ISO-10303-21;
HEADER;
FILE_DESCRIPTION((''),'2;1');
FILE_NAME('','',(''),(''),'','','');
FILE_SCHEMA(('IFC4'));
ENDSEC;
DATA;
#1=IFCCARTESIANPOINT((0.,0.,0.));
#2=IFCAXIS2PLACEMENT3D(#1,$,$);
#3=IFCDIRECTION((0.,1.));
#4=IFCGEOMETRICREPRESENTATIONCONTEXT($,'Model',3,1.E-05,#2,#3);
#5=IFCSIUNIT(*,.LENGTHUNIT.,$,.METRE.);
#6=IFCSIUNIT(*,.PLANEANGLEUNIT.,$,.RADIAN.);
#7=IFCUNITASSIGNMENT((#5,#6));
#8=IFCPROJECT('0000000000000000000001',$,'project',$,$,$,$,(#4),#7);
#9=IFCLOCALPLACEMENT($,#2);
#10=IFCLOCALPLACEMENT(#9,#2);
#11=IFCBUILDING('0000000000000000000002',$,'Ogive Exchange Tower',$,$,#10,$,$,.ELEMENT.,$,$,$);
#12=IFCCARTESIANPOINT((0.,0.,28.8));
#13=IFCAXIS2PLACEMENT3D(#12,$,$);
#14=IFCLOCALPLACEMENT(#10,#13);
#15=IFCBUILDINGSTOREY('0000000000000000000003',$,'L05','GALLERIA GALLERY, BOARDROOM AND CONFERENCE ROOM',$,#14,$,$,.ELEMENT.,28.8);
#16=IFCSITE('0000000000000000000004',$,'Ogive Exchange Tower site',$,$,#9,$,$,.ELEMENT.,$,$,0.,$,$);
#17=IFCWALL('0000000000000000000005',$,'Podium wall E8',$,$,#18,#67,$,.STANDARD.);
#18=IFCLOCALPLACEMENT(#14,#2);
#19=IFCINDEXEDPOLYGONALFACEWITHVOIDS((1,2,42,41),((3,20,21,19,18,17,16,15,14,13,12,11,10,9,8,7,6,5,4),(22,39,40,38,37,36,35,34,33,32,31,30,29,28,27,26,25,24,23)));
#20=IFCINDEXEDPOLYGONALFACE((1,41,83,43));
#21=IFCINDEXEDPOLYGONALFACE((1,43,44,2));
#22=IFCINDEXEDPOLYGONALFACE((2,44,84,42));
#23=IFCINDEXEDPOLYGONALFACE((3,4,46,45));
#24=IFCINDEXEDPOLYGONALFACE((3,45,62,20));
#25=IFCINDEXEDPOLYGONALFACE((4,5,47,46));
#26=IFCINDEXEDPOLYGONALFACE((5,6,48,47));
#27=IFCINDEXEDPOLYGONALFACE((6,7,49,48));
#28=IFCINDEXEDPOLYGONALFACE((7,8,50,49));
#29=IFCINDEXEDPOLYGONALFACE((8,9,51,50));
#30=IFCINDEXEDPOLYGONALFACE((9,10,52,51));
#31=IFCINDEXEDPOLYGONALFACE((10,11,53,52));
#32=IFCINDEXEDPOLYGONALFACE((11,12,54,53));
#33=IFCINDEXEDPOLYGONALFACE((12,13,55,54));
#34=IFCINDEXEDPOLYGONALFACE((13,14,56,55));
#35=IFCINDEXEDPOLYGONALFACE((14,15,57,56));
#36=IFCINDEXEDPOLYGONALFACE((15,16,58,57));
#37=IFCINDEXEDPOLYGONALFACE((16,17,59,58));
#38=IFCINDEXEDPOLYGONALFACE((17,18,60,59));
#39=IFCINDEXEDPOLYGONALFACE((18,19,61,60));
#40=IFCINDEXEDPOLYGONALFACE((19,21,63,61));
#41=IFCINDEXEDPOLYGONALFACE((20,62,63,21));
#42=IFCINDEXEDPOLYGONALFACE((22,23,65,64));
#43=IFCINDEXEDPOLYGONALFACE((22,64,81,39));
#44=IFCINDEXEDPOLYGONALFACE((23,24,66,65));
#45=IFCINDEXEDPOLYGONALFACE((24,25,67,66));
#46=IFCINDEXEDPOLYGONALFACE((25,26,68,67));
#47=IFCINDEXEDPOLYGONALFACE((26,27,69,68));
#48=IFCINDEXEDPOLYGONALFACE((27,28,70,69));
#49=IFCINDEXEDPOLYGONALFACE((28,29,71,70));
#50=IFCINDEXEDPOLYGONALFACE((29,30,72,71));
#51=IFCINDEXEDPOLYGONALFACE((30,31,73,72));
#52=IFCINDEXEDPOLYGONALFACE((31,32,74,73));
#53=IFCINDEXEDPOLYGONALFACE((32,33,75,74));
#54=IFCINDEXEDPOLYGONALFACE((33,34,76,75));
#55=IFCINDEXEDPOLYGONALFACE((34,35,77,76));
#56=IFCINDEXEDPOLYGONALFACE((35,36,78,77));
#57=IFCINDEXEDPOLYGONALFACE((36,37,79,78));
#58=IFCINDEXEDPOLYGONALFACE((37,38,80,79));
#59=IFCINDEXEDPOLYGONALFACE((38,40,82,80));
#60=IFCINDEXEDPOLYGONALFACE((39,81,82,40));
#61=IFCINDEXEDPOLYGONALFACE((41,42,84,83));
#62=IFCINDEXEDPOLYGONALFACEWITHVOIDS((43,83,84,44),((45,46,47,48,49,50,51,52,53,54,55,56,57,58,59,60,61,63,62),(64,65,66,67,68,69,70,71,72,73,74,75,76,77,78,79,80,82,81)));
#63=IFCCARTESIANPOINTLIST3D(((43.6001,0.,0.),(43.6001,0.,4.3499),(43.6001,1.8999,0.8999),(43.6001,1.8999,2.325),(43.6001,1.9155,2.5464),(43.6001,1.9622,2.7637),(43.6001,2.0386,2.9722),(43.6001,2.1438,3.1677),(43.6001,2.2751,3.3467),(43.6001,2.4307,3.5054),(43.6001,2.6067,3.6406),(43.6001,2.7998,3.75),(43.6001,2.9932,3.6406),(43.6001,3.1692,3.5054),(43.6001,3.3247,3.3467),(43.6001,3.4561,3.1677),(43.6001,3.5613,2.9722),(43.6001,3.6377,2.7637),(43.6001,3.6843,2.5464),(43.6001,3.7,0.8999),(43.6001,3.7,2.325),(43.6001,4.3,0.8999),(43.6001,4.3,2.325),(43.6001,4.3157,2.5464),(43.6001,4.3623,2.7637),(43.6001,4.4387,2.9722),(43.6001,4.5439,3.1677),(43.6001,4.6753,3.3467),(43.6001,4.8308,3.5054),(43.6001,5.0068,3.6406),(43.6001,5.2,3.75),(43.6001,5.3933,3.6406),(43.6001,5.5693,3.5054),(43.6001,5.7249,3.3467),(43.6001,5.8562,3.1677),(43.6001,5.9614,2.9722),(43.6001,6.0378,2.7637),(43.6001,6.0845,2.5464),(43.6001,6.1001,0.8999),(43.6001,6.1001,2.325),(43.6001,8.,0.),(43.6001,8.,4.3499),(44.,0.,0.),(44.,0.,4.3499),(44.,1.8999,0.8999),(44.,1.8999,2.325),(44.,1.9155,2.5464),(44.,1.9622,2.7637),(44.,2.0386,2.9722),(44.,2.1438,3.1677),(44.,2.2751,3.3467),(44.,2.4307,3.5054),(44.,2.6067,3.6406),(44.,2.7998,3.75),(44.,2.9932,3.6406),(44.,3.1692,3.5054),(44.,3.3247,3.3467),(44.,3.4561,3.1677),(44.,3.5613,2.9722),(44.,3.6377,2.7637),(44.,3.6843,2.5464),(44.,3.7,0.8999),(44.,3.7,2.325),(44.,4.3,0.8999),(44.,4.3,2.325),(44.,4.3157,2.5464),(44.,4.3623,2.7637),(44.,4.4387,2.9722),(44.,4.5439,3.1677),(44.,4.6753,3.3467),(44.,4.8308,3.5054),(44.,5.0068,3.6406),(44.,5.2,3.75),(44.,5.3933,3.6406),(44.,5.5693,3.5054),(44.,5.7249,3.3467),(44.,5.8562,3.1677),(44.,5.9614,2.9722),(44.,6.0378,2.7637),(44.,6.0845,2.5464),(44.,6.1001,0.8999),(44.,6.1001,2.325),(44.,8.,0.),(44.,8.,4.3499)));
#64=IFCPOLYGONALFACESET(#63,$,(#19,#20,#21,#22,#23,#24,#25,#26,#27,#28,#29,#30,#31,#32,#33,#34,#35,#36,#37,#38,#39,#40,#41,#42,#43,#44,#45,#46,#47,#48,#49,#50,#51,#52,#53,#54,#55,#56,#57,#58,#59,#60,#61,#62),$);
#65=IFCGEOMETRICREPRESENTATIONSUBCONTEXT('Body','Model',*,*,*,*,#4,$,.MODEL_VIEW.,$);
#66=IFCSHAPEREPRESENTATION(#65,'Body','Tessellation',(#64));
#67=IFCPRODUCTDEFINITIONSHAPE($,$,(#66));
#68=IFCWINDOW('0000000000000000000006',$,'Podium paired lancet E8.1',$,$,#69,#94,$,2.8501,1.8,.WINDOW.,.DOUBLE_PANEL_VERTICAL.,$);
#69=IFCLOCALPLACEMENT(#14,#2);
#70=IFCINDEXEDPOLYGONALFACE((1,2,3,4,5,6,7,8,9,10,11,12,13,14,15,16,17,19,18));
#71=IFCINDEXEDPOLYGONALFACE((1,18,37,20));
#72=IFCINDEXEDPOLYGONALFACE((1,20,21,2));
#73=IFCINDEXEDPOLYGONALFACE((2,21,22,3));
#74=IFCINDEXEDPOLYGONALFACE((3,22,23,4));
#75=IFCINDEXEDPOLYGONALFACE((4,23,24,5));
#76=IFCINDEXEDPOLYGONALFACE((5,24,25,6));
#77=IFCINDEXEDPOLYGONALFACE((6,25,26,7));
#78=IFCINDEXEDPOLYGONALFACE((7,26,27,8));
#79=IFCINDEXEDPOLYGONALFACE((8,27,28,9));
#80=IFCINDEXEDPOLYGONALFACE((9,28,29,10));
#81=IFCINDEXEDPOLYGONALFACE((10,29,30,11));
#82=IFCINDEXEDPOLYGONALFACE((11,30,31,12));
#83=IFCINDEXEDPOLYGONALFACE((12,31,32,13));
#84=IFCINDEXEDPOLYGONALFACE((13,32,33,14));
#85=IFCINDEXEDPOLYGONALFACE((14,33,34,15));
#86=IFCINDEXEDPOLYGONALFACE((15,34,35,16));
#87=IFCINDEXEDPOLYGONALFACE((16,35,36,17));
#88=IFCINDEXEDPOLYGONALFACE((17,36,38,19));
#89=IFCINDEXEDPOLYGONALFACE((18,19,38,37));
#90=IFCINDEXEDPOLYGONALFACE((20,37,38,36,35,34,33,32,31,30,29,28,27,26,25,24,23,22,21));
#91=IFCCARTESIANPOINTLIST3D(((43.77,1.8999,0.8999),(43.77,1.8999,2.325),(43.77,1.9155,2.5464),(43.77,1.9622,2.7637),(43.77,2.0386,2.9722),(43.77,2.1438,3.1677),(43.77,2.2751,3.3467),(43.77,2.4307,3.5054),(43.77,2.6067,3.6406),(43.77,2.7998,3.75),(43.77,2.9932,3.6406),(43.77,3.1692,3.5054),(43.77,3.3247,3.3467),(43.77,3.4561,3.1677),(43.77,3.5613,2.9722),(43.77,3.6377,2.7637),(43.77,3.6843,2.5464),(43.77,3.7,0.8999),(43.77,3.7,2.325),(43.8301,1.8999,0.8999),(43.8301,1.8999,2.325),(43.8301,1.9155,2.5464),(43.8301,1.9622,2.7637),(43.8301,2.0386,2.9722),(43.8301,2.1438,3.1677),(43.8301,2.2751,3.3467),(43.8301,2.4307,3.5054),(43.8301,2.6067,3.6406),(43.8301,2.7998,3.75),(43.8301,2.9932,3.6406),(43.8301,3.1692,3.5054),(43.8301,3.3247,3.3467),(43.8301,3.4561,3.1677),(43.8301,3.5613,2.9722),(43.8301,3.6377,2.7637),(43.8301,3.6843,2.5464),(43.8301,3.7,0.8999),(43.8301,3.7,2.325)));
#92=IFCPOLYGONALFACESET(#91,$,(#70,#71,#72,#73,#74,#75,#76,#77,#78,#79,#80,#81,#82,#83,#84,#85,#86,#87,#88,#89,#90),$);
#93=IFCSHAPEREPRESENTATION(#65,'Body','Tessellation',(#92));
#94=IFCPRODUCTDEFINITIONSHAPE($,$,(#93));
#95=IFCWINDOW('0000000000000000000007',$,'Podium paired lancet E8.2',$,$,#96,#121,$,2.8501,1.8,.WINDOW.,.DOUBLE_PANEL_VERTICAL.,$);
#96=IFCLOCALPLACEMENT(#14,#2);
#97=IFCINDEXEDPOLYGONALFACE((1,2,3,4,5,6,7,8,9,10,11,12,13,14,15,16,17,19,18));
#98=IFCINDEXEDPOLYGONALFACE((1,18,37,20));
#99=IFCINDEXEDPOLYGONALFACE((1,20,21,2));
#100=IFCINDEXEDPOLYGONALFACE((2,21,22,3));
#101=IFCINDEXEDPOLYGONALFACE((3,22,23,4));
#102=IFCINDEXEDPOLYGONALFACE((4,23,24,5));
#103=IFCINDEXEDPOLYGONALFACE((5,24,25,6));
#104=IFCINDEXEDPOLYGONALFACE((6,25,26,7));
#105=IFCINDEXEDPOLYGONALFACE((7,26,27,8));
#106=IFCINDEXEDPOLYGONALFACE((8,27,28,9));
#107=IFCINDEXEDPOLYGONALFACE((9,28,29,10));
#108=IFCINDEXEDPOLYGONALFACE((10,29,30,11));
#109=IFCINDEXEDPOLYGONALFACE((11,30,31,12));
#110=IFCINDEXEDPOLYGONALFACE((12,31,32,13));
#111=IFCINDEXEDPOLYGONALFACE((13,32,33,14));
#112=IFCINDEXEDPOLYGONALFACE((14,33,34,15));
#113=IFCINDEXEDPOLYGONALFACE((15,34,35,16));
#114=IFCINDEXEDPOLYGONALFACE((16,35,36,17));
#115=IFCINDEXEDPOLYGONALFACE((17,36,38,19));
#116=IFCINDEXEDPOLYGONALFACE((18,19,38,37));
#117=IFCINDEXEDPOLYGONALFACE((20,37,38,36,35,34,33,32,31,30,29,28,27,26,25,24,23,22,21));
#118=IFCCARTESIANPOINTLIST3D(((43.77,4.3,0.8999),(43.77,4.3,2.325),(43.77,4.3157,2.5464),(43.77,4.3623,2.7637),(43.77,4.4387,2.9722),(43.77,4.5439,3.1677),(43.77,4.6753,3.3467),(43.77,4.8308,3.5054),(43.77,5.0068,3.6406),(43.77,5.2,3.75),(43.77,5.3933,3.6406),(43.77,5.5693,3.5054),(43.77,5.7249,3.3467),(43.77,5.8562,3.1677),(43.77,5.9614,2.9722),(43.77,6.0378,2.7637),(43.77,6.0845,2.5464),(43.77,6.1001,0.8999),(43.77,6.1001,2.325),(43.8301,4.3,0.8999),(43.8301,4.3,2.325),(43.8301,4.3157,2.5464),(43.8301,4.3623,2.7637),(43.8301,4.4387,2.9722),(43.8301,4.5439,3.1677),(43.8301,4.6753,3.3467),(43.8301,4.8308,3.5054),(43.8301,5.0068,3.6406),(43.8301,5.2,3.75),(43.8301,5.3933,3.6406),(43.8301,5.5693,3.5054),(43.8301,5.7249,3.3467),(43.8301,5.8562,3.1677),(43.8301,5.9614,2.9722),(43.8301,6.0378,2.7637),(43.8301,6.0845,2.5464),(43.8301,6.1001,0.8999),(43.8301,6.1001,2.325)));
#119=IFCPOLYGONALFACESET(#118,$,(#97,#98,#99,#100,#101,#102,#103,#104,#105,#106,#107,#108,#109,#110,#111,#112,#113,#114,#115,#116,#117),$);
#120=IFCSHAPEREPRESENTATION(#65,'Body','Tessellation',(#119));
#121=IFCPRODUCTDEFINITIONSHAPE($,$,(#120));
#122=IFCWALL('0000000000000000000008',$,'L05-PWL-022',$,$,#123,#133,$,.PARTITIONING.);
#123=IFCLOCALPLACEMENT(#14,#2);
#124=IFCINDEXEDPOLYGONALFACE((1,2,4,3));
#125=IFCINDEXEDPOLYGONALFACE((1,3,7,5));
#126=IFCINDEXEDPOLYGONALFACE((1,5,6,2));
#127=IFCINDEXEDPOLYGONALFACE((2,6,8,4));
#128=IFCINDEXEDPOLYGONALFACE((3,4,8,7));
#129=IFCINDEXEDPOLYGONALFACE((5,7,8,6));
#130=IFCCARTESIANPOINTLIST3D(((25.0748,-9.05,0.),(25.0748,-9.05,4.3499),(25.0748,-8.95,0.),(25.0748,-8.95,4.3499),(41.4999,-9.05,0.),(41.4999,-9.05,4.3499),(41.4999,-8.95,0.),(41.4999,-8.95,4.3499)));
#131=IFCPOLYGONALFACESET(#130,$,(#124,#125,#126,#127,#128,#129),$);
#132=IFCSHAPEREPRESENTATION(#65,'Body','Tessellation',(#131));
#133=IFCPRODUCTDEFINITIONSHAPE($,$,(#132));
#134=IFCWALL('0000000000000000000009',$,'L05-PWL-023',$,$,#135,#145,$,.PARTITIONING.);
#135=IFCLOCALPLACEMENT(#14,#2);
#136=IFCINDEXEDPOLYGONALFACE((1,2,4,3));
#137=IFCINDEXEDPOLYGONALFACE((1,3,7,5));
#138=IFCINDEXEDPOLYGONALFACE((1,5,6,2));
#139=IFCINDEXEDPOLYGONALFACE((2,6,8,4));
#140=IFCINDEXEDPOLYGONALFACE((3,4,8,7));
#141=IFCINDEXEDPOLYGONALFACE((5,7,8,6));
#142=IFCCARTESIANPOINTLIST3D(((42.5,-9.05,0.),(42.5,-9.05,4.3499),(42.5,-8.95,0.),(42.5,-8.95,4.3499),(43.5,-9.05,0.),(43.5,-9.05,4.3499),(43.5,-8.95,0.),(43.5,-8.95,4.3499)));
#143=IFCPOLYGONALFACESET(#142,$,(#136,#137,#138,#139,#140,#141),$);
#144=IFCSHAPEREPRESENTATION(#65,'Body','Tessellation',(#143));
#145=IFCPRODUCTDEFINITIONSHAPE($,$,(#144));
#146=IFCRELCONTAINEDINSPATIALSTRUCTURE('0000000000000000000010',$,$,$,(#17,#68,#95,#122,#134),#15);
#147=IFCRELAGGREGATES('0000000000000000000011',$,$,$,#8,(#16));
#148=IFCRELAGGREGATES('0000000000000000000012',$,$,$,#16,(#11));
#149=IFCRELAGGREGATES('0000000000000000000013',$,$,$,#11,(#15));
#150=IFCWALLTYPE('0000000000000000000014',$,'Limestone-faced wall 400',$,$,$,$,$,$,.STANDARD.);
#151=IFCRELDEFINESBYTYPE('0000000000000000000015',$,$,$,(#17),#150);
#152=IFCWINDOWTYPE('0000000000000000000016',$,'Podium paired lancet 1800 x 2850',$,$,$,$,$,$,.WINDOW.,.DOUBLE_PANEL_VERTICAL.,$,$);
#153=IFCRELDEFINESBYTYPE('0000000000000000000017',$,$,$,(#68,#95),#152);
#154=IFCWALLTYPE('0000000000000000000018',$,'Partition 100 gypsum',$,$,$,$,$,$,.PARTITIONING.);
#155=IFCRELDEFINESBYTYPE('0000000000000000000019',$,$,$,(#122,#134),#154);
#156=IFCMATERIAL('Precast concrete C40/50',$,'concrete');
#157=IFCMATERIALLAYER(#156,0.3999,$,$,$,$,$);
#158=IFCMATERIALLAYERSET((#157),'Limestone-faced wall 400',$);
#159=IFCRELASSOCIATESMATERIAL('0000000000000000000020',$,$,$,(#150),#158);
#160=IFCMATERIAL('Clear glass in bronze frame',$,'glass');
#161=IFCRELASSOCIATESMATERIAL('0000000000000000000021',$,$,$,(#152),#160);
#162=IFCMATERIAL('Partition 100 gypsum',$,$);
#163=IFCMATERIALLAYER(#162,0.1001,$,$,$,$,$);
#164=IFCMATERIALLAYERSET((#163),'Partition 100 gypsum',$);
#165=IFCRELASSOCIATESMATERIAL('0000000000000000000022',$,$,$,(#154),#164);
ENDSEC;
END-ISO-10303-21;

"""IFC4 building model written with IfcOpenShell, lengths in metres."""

from ifc_helpers import new_model, si_unit, direction, frame, frame_2d, origin, place, context, subcontext, project, spatial, polyline, rectangle, outline, extrude, material, layer, layer_set, type_object, element, fill, save


model = new_model("IFC4")

# Units and contexts
model_context = context("Model", 3, precision=1e-05, world=origin(), true_north=direction((0.0, 1.0)))
body_context = subcontext(model_context, "Body", "Model", "MODEL_VIEW")
ifc_project = project(units=[si_unit("LENGTHUNIT", "METRE"), si_unit("PLANEANGLEUNIT", "RADIAN")], contexts=[model_context])

# Site, building, storey
site_placement = place(None, origin())
site = spatial("IfcSite", under=ifc_project, at=site_placement, Name="Ogive Exchange Tower site", CompositionType="ELEMENT", RefElevation=0.0)
building_placement = place(site_placement, origin())
building = spatial("IfcBuilding", under=site, at=building_placement, Name="Ogive Exchange Tower", CompositionType="ELEMENT")
storey_placement = place(building_placement, frame((0.0, 0.0, 28.8)))
storey = spatial("IfcBuildingStorey", under=building, at=storey_placement, Name="L05", Description="GALLERIA GALLERY, BOARDROOM AND CONFERENCE ROOM", CompositionType="ELEMENT", Elevation=28.8)

# Wall, openings, windows
ifc_material_1 = material(Name="Precast concrete C40/50", Category="concrete")
ifc_layer_1 = layer(ifc_material_1, 0.3999)
ifc_layer_set_1 = layer_set([ifc_layer_1], Name="Limestone-faced wall 400")
wall_type_1 = type_object("IfcWallType", Name="Limestone-faced wall 400", PredefinedType="STANDARD", material=ifc_layer_set_1)
ifc_material_2 = material(Name="Clear glass in bronze frame", Category="glass")
window_type = type_object("IfcWindowType", Name="Podium paired lancet 1800 x 2850", PartitioningType="DOUBLE_PANEL_VERTICAL", PredefinedType="WINDOW", material=ifc_material_2)
wall_1_placement = place(storey_placement, frame((43.8, 0.0, 0.0), z_axis=(0.0, 0.0, 1.0), x_axis=(0.0, 1.0, 0.0)))
wall_1 = element("IfcWall", 1, at=wall_1_placement, inside=storey, type_object=wall_type_1, Name="Podium wall E8", PredefinedType="STANDARD", context=body_context, shape_type="SweptSolid", body=[
    extrude(rectangle(XDim=8.0, YDim=0.3999, at=frame_2d((4.0, 0.0))), origin(), (0.0, 0.0, 1.0), 4.3499),
])
opening_1_placement = place(wall_1_placement, frame((1.8999, 0.0, 0.8999)))
opening_1 = element("IfcOpeningElement", 2, at=opening_1_placement, cuts=wall_1, PredefinedType="OPENING", context=body_context, shape_type="SweptSolid", body=[
    extrude(outline(polyline([(0.0, 0.0), (1.8, 0.0), (1.8, 1.425), (1.7844, 1.6465), (1.7378, 1.8638), (1.6614, 2.0723), (1.5562, 2.2678), (1.4248, 2.4468), (1.2693, 2.6055), (1.0933, 2.7407), (0.8999, 2.8501), (0.7068, 2.7407), (0.5308, 2.6055), (0.3752, 2.4468), (0.2439, 2.2678), (0.1387, 2.0723), (0.0623, 1.8638), (0.0156, 1.6465), (0.0, 1.425), (0.0, 0.0)])), frame((0.0, 0.21, 0.0), z_axis=(0.0, -1.0, 0.0), x_axis=(1.0, 0.0, 0.0)), (0.0, 0.0, 1.0), 0.4199),
])
opening_2_placement = place(wall_1_placement, frame((4.3, 0.0, 0.8999)))
opening_2 = element("IfcOpeningElement", 3, at=opening_2_placement, cuts=wall_1, PredefinedType="OPENING", context=body_context, shape_type="SweptSolid", body=[
    extrude(outline(polyline([(0.0, 0.0), (1.8, 0.0), (1.8, 1.425), (1.7844, 1.6465), (1.7378, 1.8638), (1.6614, 2.0723), (1.5562, 2.2678), (1.4248, 2.4468), (1.2693, 2.6055), (1.0933, 2.7407), (0.8999, 2.8501), (0.7068, 2.7407), (0.5308, 2.6055), (0.3752, 2.4468), (0.2439, 2.2678), (0.1387, 2.0723), (0.0623, 1.8638), (0.0156, 1.6465), (0.0, 1.425), (0.0, 0.0)])), frame((0.0, 0.21, 0.0), z_axis=(0.0, -1.0, 0.0), x_axis=(1.0, 0.0, 0.0)), (0.0, 0.0, 1.0), 0.4199),
])
window_1_placement = place(opening_1_placement, origin())
window_1 = element("IfcWindow", 4, at=window_1_placement, inside=storey, type_object=window_type, Name="Podium paired lancet E8.1", OverallHeight=2.8501, OverallWidth=1.8, PartitioningType="DOUBLE_PANEL_VERTICAL", PredefinedType="WINDOW", context=body_context, shape_type="SweptSolid", body=[
    extrude(outline(polyline([(0.0, 0.0), (1.8, 0.0), (1.8, 1.425), (1.7844, 1.6465), (1.7378, 1.8638), (1.6614, 2.0723), (1.5562, 2.2678), (1.4248, 2.4468), (1.2693, 2.6055), (1.0933, 2.7407), (0.8999, 2.8501), (0.7068, 2.7407), (0.5308, 2.6055), (0.3752, 2.4468), (0.2439, 2.2678), (0.1387, 2.0723), (0.0623, 1.8638), (0.0156, 1.6465), (0.0, 1.425), (0.0, 0.0)])), frame((0.0, 0.03, 0.0), z_axis=(0.0, -1.0, 0.0), x_axis=(1.0, 0.0, 0.0)), (0.0, 0.0, 1.0), 0.0601),
])
fill(opening_1, window_1)
window_2_placement = place(opening_2_placement, origin())
window_2 = element("IfcWindow", 5, at=window_2_placement, inside=storey, type_object=window_type, Name="Podium paired lancet E8.2", OverallHeight=2.8501, OverallWidth=1.8, PartitioningType="DOUBLE_PANEL_VERTICAL", PredefinedType="WINDOW", context=body_context, shape_type="SweptSolid", body=[
    extrude(outline(polyline([(0.0, 0.0), (1.8, 0.0), (1.8, 1.425), (1.7844, 1.6465), (1.7378, 1.8638), (1.6614, 2.0723), (1.5562, 2.2678), (1.4248, 2.4468), (1.2693, 2.6055), (1.0933, 2.7407), (0.8999, 2.8501), (0.7068, 2.7407), (0.5308, 2.6055), (0.3752, 2.4468), (0.2439, 2.2678), (0.1387, 2.0723), (0.0623, 1.8638), (0.0156, 1.6465), (0.0, 1.425), (0.0, 0.0)])), frame((0.0, 0.03, 0.0), z_axis=(0.0, -1.0, 0.0), x_axis=(1.0, 0.0, 0.0)), (0.0, 0.0, 1.0), 0.0601),
])
fill(opening_2, window_2)

# Walls
ifc_material_3 = material(Name="Partition 100 gypsum")
ifc_layer_2 = layer(ifc_material_3, 0.1001)
ifc_layer_set_2 = layer_set([ifc_layer_2], Name="Partition 100 gypsum")
wall_type_2 = type_object("IfcWallType", Name="Partition 100 gypsum", PredefinedType="PARTITIONING", material=ifc_layer_set_2)
wall_2_placement = place(storey_placement, frame((25.075, -9.0, 0.0), z_axis=(0.0, 0.0, 1.0), x_axis=(1.0, 0.0, 0.0)))
element("IfcWall", 6, at=wall_2_placement, inside=storey, type_object=wall_type_2, Name="L05-PWL-022", PredefinedType="PARTITIONING", context=body_context, shape_type="SweptSolid", body=[
    extrude(rectangle(XDim=16.425, YDim=0.1001, at=frame_2d((8.2124, 0.0))), origin(), (0.0, 0.0, 1.0), 4.3499),
])
wall_3_placement = place(storey_placement, frame((42.5, -9.0, 0.0), z_axis=(0.0, 0.0, 1.0), x_axis=(1.0, 0.0, 0.0)))
element("IfcWall", 7, at=wall_3_placement, inside=storey, type_object=wall_type_2, Name="L05-PWL-023", PredefinedType="PARTITIONING", context=body_context, shape_type="SweptSolid", body=[
    extrude(rectangle(XDim=1.0, YDim=0.1001, at=frame_2d((0.5, 0.0))), origin(), (0.0, 0.0, 1.0), 4.3499),
])

save(model, "model.ifc")
